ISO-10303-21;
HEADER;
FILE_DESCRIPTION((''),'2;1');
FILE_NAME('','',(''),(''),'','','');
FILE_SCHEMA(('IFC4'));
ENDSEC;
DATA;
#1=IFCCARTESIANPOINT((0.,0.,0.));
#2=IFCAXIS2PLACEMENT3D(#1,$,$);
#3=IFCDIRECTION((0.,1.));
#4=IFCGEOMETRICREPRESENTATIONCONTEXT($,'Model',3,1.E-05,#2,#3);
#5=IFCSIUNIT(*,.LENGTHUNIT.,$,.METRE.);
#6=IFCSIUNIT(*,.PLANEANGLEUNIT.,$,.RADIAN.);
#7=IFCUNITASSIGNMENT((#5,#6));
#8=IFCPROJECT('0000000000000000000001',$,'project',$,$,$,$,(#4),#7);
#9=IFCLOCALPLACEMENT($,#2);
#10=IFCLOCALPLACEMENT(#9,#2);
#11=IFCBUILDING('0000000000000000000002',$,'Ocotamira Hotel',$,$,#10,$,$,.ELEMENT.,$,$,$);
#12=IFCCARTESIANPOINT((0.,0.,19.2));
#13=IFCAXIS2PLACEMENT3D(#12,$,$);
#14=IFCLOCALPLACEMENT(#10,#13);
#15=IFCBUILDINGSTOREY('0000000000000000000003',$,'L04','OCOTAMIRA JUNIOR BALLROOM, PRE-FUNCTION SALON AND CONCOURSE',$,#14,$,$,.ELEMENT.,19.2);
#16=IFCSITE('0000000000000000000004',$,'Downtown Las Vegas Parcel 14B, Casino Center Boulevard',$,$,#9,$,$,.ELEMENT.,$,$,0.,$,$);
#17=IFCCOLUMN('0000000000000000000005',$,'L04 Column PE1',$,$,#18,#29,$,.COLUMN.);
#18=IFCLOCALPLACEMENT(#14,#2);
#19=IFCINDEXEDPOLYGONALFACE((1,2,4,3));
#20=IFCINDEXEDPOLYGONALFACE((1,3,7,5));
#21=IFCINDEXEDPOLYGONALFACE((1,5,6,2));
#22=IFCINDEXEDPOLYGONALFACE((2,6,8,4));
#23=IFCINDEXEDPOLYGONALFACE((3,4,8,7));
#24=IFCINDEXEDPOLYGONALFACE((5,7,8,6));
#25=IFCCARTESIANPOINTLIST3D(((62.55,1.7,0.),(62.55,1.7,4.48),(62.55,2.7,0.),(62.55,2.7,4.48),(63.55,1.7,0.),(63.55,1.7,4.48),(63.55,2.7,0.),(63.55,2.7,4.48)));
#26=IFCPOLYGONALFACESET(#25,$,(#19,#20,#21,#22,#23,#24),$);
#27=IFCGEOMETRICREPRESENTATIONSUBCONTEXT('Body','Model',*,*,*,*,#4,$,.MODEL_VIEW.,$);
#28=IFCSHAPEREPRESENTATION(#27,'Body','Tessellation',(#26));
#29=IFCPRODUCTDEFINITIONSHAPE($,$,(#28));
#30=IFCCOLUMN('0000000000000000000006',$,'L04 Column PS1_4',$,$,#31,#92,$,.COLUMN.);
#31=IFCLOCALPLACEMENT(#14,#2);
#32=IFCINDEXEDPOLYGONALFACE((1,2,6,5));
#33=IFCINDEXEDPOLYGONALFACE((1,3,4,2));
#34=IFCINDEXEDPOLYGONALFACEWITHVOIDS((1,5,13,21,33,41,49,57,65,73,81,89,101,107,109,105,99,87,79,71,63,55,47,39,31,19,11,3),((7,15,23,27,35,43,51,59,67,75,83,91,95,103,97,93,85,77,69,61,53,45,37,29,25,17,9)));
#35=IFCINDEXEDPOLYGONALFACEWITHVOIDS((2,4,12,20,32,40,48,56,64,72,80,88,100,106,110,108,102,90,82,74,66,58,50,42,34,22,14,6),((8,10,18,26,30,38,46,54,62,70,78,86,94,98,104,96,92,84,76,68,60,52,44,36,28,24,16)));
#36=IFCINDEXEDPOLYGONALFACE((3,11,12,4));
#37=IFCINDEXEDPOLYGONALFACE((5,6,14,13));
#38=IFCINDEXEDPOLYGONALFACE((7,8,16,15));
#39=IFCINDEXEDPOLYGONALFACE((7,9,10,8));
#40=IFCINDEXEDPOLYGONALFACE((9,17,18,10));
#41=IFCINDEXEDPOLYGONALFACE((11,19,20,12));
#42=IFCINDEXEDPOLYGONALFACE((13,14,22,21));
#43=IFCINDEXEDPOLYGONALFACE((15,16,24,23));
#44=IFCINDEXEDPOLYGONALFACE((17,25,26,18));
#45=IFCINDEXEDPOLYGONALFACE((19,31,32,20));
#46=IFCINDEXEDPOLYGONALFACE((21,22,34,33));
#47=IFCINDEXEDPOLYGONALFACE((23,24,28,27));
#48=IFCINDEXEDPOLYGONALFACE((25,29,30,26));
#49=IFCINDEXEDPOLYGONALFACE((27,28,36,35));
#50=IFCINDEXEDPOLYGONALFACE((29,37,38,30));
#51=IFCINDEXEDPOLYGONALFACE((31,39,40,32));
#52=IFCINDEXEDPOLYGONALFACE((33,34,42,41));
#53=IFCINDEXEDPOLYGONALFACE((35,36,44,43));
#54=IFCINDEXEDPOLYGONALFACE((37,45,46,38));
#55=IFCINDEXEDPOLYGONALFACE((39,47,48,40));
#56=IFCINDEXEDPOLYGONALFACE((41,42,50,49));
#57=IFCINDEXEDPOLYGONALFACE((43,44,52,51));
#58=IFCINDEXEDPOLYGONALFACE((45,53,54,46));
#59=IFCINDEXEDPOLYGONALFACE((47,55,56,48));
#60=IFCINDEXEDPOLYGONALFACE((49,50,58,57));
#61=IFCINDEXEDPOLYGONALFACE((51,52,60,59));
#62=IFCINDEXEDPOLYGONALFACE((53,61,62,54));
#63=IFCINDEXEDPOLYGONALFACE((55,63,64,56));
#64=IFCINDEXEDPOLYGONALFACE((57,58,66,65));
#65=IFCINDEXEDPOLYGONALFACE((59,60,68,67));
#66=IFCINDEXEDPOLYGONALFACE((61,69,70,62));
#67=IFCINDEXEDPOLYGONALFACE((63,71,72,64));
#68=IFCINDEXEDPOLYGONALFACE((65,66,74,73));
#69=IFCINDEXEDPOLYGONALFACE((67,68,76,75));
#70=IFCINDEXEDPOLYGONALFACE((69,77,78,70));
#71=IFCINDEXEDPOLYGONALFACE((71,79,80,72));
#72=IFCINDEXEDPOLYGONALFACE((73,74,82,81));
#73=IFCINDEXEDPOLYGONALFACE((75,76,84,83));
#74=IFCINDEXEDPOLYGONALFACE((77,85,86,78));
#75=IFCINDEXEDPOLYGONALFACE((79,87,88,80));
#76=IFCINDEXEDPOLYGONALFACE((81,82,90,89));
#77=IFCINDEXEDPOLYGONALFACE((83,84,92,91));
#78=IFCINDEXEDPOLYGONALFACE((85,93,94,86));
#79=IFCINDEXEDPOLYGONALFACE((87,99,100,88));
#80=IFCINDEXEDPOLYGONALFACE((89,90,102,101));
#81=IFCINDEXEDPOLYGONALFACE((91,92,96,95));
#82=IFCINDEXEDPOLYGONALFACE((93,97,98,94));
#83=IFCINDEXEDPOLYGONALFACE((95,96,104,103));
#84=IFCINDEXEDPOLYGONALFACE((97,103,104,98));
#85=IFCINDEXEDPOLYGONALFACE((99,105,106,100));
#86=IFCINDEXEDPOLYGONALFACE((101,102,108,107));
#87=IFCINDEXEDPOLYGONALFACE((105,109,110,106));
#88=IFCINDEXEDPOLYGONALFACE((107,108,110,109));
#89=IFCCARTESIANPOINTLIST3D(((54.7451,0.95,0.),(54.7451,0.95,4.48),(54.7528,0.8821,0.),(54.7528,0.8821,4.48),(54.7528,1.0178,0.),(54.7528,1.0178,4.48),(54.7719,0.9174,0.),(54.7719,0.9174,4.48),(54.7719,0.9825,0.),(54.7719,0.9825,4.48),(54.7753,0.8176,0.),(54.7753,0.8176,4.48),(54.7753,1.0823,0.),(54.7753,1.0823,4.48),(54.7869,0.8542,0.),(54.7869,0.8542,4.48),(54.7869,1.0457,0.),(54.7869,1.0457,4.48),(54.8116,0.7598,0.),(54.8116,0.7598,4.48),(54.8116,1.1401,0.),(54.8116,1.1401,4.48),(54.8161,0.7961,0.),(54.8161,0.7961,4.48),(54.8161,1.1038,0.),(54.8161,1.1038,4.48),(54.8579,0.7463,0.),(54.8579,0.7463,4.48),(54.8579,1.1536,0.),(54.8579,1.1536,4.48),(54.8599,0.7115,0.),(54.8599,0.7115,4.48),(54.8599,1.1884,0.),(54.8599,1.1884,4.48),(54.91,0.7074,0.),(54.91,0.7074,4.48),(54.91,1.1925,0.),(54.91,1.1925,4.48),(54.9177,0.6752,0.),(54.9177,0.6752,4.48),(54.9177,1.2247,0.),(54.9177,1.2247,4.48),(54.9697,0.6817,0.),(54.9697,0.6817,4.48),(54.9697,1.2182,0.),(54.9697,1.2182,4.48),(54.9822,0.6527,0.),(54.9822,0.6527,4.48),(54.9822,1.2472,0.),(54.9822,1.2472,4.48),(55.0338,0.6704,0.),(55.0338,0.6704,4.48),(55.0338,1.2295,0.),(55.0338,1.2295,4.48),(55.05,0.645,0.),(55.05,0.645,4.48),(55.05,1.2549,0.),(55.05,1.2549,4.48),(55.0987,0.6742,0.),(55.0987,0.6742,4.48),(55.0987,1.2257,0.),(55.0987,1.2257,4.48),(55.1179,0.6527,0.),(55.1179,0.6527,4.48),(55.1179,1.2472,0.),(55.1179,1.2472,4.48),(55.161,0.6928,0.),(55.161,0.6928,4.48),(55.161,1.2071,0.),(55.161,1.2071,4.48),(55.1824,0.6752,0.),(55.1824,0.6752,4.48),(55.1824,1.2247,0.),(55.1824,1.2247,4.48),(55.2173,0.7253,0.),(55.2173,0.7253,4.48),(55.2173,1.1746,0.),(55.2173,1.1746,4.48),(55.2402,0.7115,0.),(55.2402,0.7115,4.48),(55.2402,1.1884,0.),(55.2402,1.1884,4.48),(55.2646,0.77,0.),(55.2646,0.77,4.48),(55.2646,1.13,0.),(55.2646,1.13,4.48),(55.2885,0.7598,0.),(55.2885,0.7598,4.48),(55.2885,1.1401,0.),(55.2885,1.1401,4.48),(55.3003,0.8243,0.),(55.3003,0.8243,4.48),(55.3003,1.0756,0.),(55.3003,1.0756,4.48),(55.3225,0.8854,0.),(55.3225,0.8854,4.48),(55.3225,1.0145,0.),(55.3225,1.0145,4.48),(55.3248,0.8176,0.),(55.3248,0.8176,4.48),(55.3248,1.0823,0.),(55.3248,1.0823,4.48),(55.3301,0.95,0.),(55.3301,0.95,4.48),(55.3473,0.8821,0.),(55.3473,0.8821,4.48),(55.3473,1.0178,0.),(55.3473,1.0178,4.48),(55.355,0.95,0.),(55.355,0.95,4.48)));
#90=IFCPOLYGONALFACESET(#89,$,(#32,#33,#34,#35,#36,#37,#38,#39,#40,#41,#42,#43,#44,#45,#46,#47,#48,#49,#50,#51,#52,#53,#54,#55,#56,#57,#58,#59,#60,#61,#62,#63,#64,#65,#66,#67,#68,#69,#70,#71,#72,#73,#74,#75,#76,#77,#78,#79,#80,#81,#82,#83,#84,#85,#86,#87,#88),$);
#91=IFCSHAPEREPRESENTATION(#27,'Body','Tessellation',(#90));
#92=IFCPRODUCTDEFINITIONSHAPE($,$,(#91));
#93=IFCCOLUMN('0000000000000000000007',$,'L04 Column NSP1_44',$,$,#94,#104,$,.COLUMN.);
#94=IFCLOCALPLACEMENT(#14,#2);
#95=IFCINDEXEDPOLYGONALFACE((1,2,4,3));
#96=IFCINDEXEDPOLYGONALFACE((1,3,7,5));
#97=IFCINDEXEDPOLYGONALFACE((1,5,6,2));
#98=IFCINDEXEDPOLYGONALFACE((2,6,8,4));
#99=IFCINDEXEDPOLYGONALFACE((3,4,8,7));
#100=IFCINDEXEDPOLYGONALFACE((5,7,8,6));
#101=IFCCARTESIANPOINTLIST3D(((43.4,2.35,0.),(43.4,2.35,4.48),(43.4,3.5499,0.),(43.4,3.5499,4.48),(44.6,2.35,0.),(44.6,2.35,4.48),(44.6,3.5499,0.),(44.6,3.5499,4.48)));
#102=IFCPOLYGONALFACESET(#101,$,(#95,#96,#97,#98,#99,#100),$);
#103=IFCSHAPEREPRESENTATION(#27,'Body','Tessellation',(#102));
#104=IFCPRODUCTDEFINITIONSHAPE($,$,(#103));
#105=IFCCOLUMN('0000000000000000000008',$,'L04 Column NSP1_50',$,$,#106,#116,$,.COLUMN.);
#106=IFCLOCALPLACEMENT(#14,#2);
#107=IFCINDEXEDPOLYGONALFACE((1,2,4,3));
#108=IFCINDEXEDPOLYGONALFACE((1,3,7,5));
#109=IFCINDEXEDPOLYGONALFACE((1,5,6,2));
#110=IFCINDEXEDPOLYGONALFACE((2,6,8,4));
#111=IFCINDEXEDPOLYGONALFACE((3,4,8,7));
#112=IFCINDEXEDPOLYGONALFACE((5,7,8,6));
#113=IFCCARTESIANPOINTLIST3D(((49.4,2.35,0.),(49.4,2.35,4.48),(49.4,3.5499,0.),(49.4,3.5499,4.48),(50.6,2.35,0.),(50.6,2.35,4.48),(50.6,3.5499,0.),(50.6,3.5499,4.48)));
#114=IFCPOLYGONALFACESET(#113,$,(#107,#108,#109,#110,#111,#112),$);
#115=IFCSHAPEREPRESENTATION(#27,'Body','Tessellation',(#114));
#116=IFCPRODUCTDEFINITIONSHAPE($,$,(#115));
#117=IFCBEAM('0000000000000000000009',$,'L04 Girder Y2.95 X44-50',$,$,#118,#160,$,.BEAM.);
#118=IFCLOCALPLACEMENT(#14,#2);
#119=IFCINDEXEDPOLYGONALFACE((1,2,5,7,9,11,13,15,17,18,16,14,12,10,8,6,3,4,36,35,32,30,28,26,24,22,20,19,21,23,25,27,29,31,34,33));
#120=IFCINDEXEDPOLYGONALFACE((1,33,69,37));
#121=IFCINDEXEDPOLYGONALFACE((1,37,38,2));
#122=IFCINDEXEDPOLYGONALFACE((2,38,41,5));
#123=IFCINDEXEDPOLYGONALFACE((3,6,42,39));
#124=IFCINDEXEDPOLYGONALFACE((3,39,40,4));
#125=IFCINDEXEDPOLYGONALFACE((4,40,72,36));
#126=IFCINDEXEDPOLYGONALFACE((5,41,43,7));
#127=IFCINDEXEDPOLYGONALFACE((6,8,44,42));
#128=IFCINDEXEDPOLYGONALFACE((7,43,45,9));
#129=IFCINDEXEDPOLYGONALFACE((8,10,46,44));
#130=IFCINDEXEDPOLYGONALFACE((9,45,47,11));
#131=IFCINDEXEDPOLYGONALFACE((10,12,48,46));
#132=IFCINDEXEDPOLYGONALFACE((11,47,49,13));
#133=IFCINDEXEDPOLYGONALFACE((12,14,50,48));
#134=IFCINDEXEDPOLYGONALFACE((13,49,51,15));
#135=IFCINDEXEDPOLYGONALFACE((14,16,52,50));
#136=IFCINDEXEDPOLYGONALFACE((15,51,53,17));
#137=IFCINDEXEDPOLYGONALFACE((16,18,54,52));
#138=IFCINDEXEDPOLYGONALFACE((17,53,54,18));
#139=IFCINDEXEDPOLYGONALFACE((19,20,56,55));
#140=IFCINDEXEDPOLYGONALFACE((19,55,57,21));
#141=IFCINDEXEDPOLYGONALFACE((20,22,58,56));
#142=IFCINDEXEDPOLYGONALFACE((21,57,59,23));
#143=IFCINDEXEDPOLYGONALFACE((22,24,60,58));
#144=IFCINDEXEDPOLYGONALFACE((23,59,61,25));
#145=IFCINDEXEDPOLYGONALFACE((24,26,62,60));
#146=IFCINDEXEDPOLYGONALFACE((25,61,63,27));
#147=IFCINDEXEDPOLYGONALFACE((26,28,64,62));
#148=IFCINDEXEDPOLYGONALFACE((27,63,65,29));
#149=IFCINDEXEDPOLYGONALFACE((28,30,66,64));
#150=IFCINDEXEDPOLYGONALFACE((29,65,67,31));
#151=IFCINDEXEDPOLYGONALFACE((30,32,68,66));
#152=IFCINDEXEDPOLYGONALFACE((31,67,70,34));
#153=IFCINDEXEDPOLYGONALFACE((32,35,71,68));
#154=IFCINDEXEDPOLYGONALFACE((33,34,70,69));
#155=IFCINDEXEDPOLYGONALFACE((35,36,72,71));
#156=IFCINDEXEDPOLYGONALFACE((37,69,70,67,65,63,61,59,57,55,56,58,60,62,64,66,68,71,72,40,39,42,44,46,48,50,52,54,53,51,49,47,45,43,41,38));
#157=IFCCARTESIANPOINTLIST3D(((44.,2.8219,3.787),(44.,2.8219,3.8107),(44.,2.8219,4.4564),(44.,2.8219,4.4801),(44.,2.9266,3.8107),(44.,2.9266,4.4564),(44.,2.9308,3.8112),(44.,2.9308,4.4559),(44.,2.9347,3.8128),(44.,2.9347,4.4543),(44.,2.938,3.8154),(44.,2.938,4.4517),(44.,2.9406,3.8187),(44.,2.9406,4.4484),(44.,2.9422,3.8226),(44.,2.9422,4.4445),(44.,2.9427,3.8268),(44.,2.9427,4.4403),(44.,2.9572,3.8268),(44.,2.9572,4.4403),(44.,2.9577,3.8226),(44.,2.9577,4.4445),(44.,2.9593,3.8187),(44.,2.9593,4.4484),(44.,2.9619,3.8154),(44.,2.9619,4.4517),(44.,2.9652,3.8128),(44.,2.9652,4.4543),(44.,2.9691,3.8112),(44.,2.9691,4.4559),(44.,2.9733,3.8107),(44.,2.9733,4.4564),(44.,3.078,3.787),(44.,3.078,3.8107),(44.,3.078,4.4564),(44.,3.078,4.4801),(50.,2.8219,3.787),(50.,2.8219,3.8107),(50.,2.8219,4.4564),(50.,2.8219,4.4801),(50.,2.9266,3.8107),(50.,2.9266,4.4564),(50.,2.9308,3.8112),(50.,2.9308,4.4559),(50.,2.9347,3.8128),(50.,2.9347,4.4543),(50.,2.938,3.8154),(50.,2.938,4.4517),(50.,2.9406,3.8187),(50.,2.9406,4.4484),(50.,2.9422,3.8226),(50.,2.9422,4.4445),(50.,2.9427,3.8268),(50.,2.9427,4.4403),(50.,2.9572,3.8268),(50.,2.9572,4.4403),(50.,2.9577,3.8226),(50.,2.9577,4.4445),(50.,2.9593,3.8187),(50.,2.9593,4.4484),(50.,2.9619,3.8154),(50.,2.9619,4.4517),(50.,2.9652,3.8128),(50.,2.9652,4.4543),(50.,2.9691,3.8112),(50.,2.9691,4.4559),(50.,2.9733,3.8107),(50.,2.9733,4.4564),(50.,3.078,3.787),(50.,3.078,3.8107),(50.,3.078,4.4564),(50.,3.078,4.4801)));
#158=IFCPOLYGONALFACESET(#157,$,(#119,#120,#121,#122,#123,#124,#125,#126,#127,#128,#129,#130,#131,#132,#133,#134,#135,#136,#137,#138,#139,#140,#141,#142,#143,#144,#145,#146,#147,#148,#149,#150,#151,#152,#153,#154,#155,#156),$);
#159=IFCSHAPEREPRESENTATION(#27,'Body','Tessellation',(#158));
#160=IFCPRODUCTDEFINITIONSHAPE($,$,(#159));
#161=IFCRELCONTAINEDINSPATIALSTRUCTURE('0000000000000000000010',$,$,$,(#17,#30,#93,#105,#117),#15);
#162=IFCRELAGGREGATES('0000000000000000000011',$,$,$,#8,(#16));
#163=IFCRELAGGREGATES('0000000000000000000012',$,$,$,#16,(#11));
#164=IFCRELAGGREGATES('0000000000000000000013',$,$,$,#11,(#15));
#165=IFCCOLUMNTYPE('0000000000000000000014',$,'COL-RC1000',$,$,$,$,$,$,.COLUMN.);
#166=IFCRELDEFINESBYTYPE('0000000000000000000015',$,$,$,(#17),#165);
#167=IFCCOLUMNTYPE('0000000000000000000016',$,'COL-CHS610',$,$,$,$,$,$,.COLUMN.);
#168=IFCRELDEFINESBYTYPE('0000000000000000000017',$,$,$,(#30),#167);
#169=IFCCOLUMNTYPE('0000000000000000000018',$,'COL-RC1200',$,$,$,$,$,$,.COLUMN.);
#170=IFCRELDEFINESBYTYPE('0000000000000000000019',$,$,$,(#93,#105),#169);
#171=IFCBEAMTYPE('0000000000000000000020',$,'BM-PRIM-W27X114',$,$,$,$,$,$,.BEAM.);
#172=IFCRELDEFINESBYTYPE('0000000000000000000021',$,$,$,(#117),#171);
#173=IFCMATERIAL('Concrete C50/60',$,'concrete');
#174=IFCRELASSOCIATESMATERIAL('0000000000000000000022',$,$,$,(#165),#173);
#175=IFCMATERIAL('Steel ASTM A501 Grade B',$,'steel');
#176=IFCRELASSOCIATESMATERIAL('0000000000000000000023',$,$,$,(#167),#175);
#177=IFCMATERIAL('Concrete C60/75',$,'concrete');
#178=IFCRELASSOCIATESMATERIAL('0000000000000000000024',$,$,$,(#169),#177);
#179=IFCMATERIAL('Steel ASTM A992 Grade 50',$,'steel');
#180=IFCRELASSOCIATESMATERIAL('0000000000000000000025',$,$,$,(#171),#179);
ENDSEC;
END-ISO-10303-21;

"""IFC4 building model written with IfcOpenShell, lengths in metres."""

from ifc_helpers import new_model, si_unit, direction, frame, origin, origin_2d, place, context, subcontext, project, spatial, rectangle, hollow_circle, i_section, extrude, source, transform, mapped, material, material_profile, profile_set, type_object, element, save


model = new_model("IFC4")

# Units and contexts
model_context = context("Model", 3, precision=1e-05, world=origin(), true_north=direction((0.0, 1.0)))
body_context = subcontext(model_context, "Body", "Model", "MODEL_VIEW")
ifc_project = project(units=[si_unit("LENGTHUNIT", "METRE"), si_unit("PLANEANGLEUNIT", "RADIAN")], contexts=[model_context])

# Site, building, storey
site_placement = place(None, origin())
site = spatial("IfcSite", under=ifc_project, at=site_placement, Name="Downtown Las Vegas Parcel 14B, Casino Center Boulevard", CompositionType="ELEMENT", RefElevation=0.0)
building_placement = place(site_placement, origin())
building = spatial("IfcBuilding", under=site, at=building_placement, Name="Ocotamira Hotel", CompositionType="ELEMENT")
storey_placement = place(building_placement, frame((0.0, 0.0, 19.2)))
storey = spatial("IfcBuildingStorey", under=building, at=storey_placement, Name="L04", Description="OCOTAMIRA JUNIOR BALLROOM, PRE-FUNCTION SALON AND CONCOURSE", CompositionType="ELEMENT", Elevation=19.2)

# Columns
ifc_material_1 = material(Name="Concrete C50/60", Category="concrete")
ifc_material_profile_1 = material_profile(ifc_material_1, rectangle(XDim=1.0, YDim=1.0, at=origin_2d()), Name="RC1000X1000")
ifc_profile_set_1 = profile_set([ifc_material_profile_1], Name="Concrete C50/60")
column_type_1 = type_object("IfcColumnType", Name="COL-RC1000", PredefinedType="COLUMN", material=ifc_profile_set_1)
shared_shape_1 = source(origin(), body_context, "Body", "SweptSolid", [
    extrude(rectangle(XDim=1.0, YDim=1.0, at=origin_2d()), origin(), (0.0, 0.0, 1.0), 4.48),
])
column_1_placement = place(storey_placement, frame((63.05, 2.2, 0.0), z_axis=(0.0, 0.0, 1.0), x_axis=(1.0, 0.0, 0.0)))
element("IfcColumn", 1, at=column_1_placement, inside=storey, type_object=column_type_1, Name="L04 Column PE1", PredefinedType="COLUMN", context=body_context, shape_type="MappedRepresentation", body=[
    mapped(shared_shape_1, transform((0.0, 0.0, 0.0), scale=1.0)),
])
ifc_material_2 = material(Name="Steel ASTM A501 Grade B", Category="steel")
ifc_material_profile_2 = material_profile(ifc_material_2, hollow_circle(Radius=0.3049, WallThickness=0.0249, at=origin_2d()), Name="CHS610X25")
ifc_profile_set_2 = profile_set([ifc_material_profile_2], Name="Steel ASTM A501 Grade B")
column_type_2 = type_object("IfcColumnType", Name="COL-CHS610", PredefinedType="COLUMN", material=ifc_profile_set_2)
shared_shape_2 = source(origin(), body_context, "Body", "SweptSolid", [
    extrude(hollow_circle(Radius=0.3049, WallThickness=0.0249, at=origin_2d()), origin(), (0.0, 0.0, 1.0), 4.48),
])
column_2_placement = place(storey_placement, frame((55.05, 0.95, 0.0), z_axis=(0.0, 0.0, 1.0), x_axis=(1.0, 0.0, 0.0)))
element("IfcColumn", 2, at=column_2_placement, inside=storey, type_object=column_type_2, Name="L04 Column PS1_4", PredefinedType="COLUMN", context=body_context, shape_type="MappedRepresentation", body=[
    mapped(shared_shape_2, transform((0.0, 0.0, 0.0), scale=1.0)),
])
ifc_material_3 = material(Name="Concrete C60/75", Category="concrete")
ifc_material_profile_3 = material_profile(ifc_material_3, rectangle(XDim=1.2, YDim=1.2, at=origin_2d()), Name="RC1200X1200")
ifc_profile_set_3 = profile_set([ifc_material_profile_3], Name="Concrete C60/75")
column_type_3 = type_object("IfcColumnType", Name="COL-RC1200", PredefinedType="COLUMN", material=ifc_profile_set_3)
shared_shape_3 = source(origin(), body_context, "Body", "SweptSolid", [
    extrude(rectangle(XDim=1.2, YDim=1.2, at=origin_2d()), origin(), (0.0, 0.0, 1.0), 4.48),
])
for number, where, z_axis, x_axis, name in (
    (3, (44.0, 2.95, 0.0), (0.0, 0.0, 1.0), (1.0, 0.0, 0.0), "L04 Column NSP1_44"),
    (4, (50.0, 2.95, 0.0), (0.0, 0.0, 1.0), (1.0, 0.0, 0.0), "L04 Column NSP1_50"),
):
    element("IfcColumn", number, at=place(storey_placement, frame(where, z_axis=z_axis, x_axis=x_axis)), inside=storey, type_object=column_type_3, Name=name, PredefinedType="COLUMN", context=body_context, shape_type="MappedRepresentation", body=[
        mapped(shared_shape_3, transform((0.0, 0.0, 0.0), scale=1.0)),
    ])

# Beam
ifc_material_4 = material(Name="Steel ASTM A992 Grade 50", Category="steel")
ifc_material_profile_4 = material_profile(ifc_material_4, i_section(OverallWidth=0.2561, OverallDepth=0.6931, WebThickness=0.0144, FlangeThickness=0.0237, FilletRadius=0.0161, at=origin_2d()), Name="W27X114")
ifc_profile_set_4 = profile_set([ifc_material_profile_4], Name="Steel ASTM A992 Grade 50")
beam_type_1 = type_object("IfcBeamType", Name="BM-PRIM-W27X114", PredefinedType="BEAM", material=ifc_profile_set_4)
shared_shape_4 = source(origin(), body_context, "Body", "SweptSolid", [
    extrude(i_section(OverallWidth=0.2561, OverallDepth=0.6931, WebThickness=0.0144, FlangeThickness=0.0237, FilletRadius=0.0161, at=origin_2d()), origin(), (0.0, 0.0, 1.0), 6.0),
])
beam_1_placement = place(storey_placement, frame((44.0, 2.95, 4.1335), z_axis=(1.0, 0.0, 0.0), x_axis=(0.0, 1.0, 0.0)))
element("IfcBeam", 5, at=beam_1_placement, inside=storey, type_object=beam_type_1, Name="L04 Girder Y2.95 X44-50", PredefinedType="BEAM", context=body_context, shape_type="MappedRepresentation", body=[
    mapped(shared_shape_4, transform((0.0, 0.0, 0.0), scale=1.0)),
])

save(model, "model.ifc")
